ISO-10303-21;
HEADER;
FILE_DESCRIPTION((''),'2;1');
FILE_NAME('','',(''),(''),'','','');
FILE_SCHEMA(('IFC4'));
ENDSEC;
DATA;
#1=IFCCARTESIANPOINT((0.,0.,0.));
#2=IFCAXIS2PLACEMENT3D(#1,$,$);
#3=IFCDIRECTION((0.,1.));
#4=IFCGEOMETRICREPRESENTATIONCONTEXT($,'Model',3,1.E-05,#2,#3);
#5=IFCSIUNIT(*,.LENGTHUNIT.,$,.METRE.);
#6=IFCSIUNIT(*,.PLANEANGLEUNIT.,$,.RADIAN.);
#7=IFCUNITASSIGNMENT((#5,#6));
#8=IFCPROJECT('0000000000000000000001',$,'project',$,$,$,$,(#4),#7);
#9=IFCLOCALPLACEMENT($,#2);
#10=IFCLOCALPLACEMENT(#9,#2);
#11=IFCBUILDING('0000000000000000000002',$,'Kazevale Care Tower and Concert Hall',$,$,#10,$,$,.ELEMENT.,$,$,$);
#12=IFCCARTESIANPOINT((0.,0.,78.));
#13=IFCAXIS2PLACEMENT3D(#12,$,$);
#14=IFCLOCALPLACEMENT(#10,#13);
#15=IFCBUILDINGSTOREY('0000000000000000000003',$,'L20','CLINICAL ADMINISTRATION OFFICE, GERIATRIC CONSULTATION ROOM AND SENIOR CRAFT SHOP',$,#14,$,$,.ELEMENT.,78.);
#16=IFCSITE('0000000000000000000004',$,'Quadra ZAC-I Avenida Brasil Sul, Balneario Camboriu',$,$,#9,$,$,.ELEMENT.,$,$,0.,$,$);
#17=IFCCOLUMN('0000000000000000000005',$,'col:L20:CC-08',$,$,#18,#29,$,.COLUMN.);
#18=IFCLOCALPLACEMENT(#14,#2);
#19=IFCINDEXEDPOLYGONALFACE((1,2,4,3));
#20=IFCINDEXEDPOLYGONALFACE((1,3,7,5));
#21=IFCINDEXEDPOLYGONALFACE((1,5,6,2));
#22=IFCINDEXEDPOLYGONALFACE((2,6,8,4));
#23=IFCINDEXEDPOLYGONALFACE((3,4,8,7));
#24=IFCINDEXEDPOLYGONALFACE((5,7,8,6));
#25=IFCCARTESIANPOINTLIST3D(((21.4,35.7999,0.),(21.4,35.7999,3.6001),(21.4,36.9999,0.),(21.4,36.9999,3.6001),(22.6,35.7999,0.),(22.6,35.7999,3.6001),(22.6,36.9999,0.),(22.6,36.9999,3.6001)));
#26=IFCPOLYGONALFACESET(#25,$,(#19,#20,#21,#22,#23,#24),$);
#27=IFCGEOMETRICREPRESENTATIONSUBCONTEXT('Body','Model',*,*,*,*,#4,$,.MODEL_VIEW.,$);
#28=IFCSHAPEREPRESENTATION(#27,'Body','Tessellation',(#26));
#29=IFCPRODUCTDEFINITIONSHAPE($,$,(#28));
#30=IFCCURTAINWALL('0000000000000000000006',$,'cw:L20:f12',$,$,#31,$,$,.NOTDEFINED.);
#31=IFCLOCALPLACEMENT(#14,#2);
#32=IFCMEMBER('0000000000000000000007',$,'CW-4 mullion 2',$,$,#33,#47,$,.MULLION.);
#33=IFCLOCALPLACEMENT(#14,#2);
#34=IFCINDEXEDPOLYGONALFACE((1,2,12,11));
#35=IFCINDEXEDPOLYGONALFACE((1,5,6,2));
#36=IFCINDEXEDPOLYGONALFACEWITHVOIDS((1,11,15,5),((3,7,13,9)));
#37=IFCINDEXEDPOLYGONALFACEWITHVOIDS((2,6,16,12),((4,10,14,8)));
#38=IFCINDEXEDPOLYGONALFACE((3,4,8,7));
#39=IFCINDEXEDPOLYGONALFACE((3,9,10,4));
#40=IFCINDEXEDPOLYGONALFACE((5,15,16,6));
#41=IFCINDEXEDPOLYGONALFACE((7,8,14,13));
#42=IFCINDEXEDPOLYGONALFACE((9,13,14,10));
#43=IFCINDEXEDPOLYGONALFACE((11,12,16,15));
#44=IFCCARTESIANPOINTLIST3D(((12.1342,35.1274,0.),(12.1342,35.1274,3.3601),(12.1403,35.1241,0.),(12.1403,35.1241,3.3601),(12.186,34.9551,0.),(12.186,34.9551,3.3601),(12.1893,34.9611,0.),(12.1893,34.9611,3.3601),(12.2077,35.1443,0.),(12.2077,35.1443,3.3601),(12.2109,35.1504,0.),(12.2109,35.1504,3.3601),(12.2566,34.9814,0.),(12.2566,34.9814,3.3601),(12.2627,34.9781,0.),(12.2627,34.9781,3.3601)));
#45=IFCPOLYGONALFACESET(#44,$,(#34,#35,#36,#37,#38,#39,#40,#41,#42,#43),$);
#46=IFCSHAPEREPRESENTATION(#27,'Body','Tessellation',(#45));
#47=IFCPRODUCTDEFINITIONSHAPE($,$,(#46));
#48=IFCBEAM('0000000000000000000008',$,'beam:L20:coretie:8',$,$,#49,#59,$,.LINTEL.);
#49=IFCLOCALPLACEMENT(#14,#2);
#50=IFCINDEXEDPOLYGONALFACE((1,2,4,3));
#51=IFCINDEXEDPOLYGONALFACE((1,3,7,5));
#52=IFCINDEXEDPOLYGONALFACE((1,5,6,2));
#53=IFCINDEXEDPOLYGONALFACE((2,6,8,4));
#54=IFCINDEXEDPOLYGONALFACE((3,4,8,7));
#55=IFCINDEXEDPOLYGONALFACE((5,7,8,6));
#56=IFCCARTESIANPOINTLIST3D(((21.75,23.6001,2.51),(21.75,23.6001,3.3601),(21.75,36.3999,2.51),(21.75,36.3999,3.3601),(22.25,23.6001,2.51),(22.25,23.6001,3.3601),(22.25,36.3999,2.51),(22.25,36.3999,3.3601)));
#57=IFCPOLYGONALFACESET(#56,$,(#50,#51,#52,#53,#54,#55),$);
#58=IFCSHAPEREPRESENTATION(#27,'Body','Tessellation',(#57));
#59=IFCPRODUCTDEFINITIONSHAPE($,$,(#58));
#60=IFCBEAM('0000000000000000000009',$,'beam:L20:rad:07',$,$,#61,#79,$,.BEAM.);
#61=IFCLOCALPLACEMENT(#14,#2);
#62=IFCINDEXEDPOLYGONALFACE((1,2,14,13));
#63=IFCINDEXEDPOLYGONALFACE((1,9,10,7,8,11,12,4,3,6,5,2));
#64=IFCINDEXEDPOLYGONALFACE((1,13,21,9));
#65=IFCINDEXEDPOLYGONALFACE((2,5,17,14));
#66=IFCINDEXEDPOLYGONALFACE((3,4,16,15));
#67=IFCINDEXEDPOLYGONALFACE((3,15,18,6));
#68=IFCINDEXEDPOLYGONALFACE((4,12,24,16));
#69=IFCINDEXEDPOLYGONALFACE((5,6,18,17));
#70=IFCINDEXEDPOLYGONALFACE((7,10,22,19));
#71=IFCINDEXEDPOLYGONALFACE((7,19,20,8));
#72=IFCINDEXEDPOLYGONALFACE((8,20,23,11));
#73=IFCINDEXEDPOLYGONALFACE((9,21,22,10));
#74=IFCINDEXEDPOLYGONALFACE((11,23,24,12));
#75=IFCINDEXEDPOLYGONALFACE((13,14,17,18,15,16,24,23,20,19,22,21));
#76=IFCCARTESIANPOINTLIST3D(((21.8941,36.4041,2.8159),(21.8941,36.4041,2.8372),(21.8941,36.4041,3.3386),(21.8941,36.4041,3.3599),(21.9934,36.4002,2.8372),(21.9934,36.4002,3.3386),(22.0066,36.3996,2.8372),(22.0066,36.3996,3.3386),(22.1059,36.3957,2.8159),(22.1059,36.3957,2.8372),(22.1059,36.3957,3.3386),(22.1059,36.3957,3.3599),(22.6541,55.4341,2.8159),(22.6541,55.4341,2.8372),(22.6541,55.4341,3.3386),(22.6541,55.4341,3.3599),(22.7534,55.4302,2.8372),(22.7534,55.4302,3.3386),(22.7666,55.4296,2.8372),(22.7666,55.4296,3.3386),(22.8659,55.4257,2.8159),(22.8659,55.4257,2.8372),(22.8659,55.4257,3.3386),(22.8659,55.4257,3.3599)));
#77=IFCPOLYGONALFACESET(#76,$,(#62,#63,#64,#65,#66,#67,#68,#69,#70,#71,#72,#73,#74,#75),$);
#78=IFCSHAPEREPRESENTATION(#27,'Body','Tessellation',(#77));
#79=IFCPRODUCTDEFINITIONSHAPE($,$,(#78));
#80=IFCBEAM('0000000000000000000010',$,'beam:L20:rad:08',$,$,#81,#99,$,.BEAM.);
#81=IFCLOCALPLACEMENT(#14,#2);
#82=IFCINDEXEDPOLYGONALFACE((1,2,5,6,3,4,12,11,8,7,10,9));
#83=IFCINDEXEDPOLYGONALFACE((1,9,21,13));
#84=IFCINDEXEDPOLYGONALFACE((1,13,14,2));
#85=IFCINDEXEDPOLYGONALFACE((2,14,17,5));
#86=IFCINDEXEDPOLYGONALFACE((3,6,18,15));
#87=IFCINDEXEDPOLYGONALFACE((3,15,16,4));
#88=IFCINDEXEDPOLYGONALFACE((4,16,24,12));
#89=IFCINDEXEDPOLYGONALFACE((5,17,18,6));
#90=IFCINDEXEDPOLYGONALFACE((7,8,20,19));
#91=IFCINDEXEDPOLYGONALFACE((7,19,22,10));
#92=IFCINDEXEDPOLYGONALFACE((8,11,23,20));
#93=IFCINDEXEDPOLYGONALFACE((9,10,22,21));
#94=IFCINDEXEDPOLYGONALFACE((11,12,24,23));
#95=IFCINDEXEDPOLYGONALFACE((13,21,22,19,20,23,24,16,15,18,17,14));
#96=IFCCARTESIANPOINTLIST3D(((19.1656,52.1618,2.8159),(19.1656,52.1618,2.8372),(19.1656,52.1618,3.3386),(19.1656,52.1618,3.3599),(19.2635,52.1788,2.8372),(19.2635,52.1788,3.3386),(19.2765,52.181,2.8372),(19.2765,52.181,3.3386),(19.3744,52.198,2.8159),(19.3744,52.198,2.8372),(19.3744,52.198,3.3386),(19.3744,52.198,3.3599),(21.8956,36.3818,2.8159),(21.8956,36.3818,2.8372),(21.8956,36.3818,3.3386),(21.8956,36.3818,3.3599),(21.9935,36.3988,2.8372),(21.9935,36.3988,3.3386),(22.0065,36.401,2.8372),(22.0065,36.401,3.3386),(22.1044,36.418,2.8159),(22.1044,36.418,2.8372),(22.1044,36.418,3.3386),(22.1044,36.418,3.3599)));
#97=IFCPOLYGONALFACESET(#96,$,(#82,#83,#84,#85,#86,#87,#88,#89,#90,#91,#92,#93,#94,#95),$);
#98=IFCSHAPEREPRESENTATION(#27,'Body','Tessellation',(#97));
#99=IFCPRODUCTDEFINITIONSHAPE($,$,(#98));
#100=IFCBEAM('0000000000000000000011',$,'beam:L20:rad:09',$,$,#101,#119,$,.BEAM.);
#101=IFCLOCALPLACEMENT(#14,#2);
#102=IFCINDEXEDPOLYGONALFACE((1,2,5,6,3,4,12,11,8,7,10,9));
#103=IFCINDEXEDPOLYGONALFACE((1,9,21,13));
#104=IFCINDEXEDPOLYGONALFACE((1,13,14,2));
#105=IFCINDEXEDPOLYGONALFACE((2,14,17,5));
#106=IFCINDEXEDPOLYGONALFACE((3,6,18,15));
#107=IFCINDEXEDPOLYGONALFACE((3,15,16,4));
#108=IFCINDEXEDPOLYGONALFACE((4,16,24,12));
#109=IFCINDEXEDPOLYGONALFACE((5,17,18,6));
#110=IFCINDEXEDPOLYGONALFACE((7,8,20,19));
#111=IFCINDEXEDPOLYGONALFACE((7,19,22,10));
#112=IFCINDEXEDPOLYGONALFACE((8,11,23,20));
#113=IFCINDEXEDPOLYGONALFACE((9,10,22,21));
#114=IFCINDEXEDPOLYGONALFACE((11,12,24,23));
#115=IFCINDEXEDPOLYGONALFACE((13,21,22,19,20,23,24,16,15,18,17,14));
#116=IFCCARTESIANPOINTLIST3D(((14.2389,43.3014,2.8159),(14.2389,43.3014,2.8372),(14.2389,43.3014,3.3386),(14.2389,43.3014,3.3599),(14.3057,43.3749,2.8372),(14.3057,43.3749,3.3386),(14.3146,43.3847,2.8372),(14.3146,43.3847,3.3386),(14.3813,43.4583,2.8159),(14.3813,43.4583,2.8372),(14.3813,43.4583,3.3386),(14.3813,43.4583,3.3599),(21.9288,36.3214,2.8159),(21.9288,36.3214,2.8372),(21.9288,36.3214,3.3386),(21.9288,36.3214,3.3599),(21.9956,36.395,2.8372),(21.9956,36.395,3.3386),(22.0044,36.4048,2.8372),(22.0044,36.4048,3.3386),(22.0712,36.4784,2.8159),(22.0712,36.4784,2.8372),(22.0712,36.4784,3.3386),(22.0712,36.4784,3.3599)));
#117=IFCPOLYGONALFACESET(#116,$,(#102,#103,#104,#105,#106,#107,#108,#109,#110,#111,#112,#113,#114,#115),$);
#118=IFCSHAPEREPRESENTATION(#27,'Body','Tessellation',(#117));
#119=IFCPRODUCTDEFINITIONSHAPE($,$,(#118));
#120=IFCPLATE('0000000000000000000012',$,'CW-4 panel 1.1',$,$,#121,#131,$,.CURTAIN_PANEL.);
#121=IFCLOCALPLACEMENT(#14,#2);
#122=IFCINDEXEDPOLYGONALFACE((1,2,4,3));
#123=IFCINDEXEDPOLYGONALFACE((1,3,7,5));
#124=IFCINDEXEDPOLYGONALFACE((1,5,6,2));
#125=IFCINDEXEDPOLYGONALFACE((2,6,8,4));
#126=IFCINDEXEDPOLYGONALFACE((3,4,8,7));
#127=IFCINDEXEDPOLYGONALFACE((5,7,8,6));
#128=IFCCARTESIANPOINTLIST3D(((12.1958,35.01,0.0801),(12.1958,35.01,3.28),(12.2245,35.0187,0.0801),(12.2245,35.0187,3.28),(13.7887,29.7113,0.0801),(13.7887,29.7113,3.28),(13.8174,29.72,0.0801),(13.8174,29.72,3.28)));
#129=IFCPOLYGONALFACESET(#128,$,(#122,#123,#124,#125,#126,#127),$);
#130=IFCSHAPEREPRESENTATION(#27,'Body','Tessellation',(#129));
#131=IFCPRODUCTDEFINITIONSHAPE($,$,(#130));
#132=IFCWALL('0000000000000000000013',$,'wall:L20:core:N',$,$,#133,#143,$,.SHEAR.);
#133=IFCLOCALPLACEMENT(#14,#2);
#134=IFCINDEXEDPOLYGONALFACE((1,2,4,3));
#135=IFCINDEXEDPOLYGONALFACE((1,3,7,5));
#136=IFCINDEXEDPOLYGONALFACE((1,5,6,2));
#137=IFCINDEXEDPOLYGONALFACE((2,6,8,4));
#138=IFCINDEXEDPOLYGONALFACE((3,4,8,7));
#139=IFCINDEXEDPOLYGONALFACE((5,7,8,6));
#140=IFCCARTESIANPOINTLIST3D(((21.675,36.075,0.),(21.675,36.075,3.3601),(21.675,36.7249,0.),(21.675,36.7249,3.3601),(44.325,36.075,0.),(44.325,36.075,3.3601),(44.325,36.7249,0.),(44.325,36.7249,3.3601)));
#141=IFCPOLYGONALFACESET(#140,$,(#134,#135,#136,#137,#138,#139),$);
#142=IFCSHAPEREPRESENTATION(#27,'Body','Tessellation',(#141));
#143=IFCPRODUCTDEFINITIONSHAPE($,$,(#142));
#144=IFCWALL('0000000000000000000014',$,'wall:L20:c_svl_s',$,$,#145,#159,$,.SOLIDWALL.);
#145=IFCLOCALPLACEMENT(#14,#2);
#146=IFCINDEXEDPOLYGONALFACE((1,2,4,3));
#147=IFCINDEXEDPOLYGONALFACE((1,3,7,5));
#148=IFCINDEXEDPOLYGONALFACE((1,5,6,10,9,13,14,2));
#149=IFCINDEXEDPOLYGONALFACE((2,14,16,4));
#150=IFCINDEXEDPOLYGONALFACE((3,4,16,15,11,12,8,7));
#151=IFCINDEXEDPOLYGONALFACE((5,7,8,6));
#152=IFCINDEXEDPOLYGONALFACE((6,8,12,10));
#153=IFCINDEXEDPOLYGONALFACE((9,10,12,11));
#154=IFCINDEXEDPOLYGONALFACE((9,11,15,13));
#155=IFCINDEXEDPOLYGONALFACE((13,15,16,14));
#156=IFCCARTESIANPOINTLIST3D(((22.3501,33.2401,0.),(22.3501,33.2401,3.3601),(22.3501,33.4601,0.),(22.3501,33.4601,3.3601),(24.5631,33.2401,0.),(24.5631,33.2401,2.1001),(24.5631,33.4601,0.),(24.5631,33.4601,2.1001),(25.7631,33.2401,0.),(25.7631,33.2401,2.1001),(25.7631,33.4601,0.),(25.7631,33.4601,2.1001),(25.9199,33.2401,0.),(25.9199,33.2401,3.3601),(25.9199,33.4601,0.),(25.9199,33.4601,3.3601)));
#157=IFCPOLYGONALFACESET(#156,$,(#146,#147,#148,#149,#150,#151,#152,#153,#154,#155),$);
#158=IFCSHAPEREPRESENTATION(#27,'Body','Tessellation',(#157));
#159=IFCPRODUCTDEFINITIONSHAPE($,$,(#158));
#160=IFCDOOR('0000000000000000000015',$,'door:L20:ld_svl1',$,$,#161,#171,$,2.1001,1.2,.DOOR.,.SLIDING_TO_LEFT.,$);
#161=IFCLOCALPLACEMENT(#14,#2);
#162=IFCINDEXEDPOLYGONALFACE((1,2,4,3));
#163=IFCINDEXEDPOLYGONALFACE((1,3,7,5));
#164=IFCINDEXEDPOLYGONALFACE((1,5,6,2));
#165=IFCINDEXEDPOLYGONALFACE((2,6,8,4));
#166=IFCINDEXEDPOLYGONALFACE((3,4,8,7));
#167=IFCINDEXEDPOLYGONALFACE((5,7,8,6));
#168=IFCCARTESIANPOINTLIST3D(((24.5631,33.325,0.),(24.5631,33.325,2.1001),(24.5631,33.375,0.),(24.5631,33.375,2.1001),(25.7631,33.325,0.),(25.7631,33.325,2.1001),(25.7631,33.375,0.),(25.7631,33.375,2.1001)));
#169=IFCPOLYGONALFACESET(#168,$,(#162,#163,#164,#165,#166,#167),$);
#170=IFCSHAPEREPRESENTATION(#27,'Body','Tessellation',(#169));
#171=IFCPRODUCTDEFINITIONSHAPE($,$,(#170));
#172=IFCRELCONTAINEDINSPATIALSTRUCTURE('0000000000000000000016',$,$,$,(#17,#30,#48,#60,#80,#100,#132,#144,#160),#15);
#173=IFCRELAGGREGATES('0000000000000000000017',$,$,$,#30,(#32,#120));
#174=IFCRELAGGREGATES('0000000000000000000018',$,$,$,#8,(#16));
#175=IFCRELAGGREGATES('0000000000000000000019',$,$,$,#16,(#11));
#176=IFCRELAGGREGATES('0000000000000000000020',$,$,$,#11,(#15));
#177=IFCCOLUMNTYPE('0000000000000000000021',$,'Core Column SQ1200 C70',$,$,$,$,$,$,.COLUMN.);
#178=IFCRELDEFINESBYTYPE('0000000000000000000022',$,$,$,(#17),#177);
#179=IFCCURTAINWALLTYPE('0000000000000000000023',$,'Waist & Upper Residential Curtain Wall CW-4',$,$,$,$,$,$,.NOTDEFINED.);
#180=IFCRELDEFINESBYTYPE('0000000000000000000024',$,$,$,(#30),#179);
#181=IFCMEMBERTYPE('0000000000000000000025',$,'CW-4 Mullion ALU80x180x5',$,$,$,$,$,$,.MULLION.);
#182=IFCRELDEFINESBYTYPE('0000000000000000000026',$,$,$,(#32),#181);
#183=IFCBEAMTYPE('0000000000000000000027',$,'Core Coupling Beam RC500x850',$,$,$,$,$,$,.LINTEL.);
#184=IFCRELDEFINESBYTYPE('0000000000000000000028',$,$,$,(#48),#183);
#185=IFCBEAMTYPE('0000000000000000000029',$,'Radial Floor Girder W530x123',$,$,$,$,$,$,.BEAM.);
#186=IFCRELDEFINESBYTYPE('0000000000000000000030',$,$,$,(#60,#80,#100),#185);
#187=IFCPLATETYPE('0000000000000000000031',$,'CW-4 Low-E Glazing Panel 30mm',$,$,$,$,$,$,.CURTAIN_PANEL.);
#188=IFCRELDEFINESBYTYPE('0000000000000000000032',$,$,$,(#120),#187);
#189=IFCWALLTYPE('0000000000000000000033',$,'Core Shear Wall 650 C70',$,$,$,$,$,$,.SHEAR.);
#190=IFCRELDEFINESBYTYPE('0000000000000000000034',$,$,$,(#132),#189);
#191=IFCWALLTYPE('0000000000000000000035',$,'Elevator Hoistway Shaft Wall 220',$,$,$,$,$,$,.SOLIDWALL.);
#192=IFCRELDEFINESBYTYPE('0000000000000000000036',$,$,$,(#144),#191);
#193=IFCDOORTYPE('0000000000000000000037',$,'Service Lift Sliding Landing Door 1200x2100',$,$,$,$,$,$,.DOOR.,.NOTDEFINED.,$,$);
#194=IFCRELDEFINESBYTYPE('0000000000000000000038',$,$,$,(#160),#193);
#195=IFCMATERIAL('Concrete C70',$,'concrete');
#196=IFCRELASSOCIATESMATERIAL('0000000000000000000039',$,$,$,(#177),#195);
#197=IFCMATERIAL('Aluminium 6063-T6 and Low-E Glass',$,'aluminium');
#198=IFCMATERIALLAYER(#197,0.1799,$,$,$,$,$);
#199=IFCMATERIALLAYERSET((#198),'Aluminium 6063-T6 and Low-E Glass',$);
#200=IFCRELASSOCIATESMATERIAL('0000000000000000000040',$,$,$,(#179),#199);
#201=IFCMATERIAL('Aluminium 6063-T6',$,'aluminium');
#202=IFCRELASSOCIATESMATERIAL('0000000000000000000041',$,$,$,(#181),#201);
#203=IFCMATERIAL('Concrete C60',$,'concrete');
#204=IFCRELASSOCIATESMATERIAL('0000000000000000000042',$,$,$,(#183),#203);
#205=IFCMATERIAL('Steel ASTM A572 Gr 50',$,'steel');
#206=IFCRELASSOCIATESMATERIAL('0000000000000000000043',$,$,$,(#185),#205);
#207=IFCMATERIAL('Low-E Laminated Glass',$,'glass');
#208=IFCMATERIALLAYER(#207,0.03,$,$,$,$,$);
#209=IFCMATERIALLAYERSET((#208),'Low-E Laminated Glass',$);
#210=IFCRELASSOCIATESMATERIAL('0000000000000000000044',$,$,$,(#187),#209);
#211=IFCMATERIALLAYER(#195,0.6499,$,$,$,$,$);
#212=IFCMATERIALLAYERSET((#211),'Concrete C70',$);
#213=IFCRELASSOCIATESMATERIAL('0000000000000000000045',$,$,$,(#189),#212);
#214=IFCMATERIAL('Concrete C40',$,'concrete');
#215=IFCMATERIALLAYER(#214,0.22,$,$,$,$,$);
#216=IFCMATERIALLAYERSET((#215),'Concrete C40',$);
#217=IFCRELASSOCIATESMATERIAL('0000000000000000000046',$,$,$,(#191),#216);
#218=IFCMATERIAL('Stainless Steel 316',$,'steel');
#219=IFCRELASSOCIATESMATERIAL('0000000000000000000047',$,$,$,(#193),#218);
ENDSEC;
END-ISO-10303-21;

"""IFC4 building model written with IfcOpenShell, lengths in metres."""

from ifc_helpers import new_model, si_unit, direction, frame, frame_2d, origin, origin_2d, place, context, subcontext, project, spatial, rectangle, hollow_rectangle, i_section, extrude, material, layer, layer_set, material_profile, profile_set, type_object, element, fill, aggregate, save


model = new_model("IFC4")

# Units and contexts
model_context = context("Model", 3, precision=1e-05, world=origin(), true_north=direction((0.0, 1.0)))
body_context = subcontext(model_context, "Body", "Model", "MODEL_VIEW")
ifc_project = project(units=[si_unit("LENGTHUNIT", "METRE"), si_unit("PLANEANGLEUNIT", "RADIAN")], contexts=[model_context])

# Site, building, storey
site_placement = place(None, origin())
site = spatial("IfcSite", under=ifc_project, at=site_placement, Name="Quadra ZAC-I Avenida Brasil Sul, Balneario Camboriu", CompositionType="ELEMENT", RefElevation=0.0)
building_placement = place(site_placement, origin())
building = spatial("IfcBuilding", under=site, at=building_placement, Name="Kazevale Care Tower and Concert Hall", CompositionType="ELEMENT")
storey_placement = place(building_placement, frame((0.0, 0.0, 78.0)))
storey = spatial("IfcBuildingStorey", under=building, at=storey_placement, Name="L20", Description="CLINICAL ADMINISTRATION OFFICE, GERIATRIC CONSULTATION ROOM AND SENIOR CRAFT SHOP", CompositionType="ELEMENT", Elevation=78.0)

# Column
ifc_material_1 = material(Name="Concrete C70", Category="concrete")
ifc_material_profile_1 = material_profile(ifc_material_1, rectangle(XDim=1.2, YDim=1.2, at=origin_2d()), Name="RC-SQ1200")
ifc_profile_set_1 = profile_set([ifc_material_profile_1], Name="Concrete C70")
column_type = type_object("IfcColumnType", Name="Core Column SQ1200 C70", PredefinedType="COLUMN", material=ifc_profile_set_1)
column_placement = place(storey_placement, frame((22.0, 36.3999, 0.0), z_axis=(0.0, 0.0, 1.0), x_axis=(1.0, 0.0, 0.0)))
element("IfcColumn", 1, at=column_placement, inside=storey, type_object=column_type, Name="col:L20:CC-08", PredefinedType="COLUMN", context=body_context, shape_type="SweptSolid", body=[
    extrude(rectangle(XDim=1.2, YDim=1.2, at=origin_2d()), origin(), (0.0, 0.0, 1.0), 3.6001),
])

# Curtain wall, member
ifc_material_2 = material(Name="Aluminium 6063-T6 and Low-E Glass", Category="aluminium")
ifc_layer_1 = layer(ifc_material_2, 0.1799)
ifc_layer_set_1 = layer_set([ifc_layer_1], Name="Aluminium 6063-T6 and Low-E Glass")
curtain_wall_type = type_object("IfcCurtainWallType", Name="Waist & Upper Residential Curtain Wall CW-4", PredefinedType="NOTDEFINED", material=ifc_layer_set_1)
curtain_wall_placement = place(storey_placement, origin())
curtain_wall = element("IfcCurtainWall", 2, at=curtain_wall_placement, inside=storey, type_object=curtain_wall_type, Name="cw:L20:f12", PredefinedType="NOTDEFINED")
ifc_material_3 = material(Name="Aluminium 6063-T6", Category="aluminium")
ifc_material_profile_2 = material_profile(ifc_material_3, hollow_rectangle(XDim=0.0801, YDim=0.1799, WallThickness=0.0049, at=origin_2d()), Name="ALU80x180x5")
ifc_profile_set_2 = profile_set([ifc_material_profile_2], Name="Aluminium 6063-T6")
member_type = type_object("IfcMemberType", Name="CW-4 Mullion ALU80x180x5", PredefinedType="MULLION", material=ifc_profile_set_2)
member_placement = place(storey_placement, frame((12.1985, 35.0527, 0.0), z_axis=(0.0, 0.0, 1.0), x_axis=(-0.957662, -0.287896, 0.0)))
member = element("IfcMember", 3, at=member_placement, type_object=member_type, Name="CW-4 mullion 2", PredefinedType="MULLION", context=body_context, shape_type="SweptSolid", body=[
    extrude(hollow_rectangle(XDim=0.0801, YDim=0.1799, WallThickness=0.0049, at=origin_2d()), origin(), (0.0, 0.0, 1.0), 3.3601),
])

# Beams
ifc_material_4 = material(Name="Concrete C60", Category="concrete")
ifc_material_profile_3 = material_profile(ifc_material_4, rectangle(XDim=0.5, YDim=0.8501, at=origin_2d()), Name="RC-B500x850")
ifc_profile_set_3 = profile_set([ifc_material_profile_3], Name="Concrete C60")
beam_type_1 = type_object("IfcBeamType", Name="Core Coupling Beam RC500x850", PredefinedType="LINTEL", material=ifc_profile_set_3)
beam_1_placement = place(storey_placement, frame((22.0, 36.3999, 2.9351), z_axis=(0.0, -1.0, 0.0), x_axis=(1.0, 0.0, 0.0)))
element("IfcBeam", 4, at=beam_1_placement, inside=storey, type_object=beam_type_1, Name="beam:L20:coretie:8", PredefinedType="LINTEL", context=body_context, shape_type="SweptSolid", body=[
    extrude(rectangle(XDim=0.5, YDim=0.8501, at=origin_2d()), origin(), (0.0, 0.0, 1.0), 12.7998),
])
ifc_material_5 = material(Name="Steel ASTM A572 Gr 50", Category="steel")
ifc_material_profile_4 = material_profile(ifc_material_5, i_section(OverallWidth=0.2119, OverallDepth=0.5439, WebThickness=0.0132, FlangeThickness=0.0212, at=origin_2d()), Name="W530x123")
ifc_profile_set_4 = profile_set([ifc_material_profile_4], Name="Steel ASTM A572 Gr 50")
beam_type_2 = type_object("IfcBeamType", Name="Radial Floor Girder W530x123", PredefinedType="BEAM", material=ifc_profile_set_4)
beam_2_placement = place(storey_placement, frame((22.0, 36.3999, 3.0879), z_axis=(0.039906, 0.999203, 0.0), x_axis=(-0.999203, 0.039906, 0.0)))
element("IfcBeam", 5, at=beam_2_placement, inside=storey, type_object=beam_type_2, Name="beam:L20:rad:07", PredefinedType="BEAM", context=body_context, shape_type="SweptSolid", body=[
    extrude(i_section(OverallWidth=0.2119, OverallDepth=0.5439, WebThickness=0.0132, FlangeThickness=0.0212, at=origin_2d()), origin(), (0.0, 0.0, 1.0), 19.0452),
])
beam_3_placement = place(storey_placement, frame((22.0, 36.3999, 3.0879), z_axis=(-0.17047, 0.985363, 0.0), x_axis=(-0.985363, -0.17047, 0.0)))
element("IfcBeam", 6, at=beam_3_placement, inside=storey, type_object=beam_type_2, Name="beam:L20:rad:08", PredefinedType="BEAM", context=body_context, shape_type="SweptSolid", body=[
    extrude(i_section(OverallWidth=0.2119, OverallDepth=0.5439, WebThickness=0.0132, FlangeThickness=0.0212, at=origin_2d()), origin(), (0.0, 0.0, 1.0), 16.0144),
])
beam_4_placement = place(storey_placement, frame((22.0, 36.3999, 3.0879), z_axis=(-0.740461, 0.672099, 0.0), x_axis=(-0.672099, -0.740461, 0.0)))
element("IfcBeam", 7, at=beam_4_placement, inside=storey, type_object=beam_type_2, Name="beam:L20:rad:09", PredefinedType="BEAM", context=body_context, shape_type="SweptSolid", body=[
    extrude(i_section(OverallWidth=0.2119, OverallDepth=0.5439, WebThickness=0.0132, FlangeThickness=0.0212, at=origin_2d()), origin(), (0.0, 0.0, 1.0), 10.3853),
])

# Plate
ifc_material_6 = material(Name="Low-E Laminated Glass", Category="glass")
ifc_layer_2 = layer(ifc_material_6, 0.03)
ifc_layer_set_2 = layer_set([ifc_layer_2], Name="Low-E Laminated Glass")
plate_type = type_object("IfcPlateType", Name="CW-4 Low-E Glazing Panel 30mm", PredefinedType="CURTAIN_PANEL", material=ifc_layer_set_2)
plate_placement = place(storey_placement, frame((13.0066, 32.365, 0.0801), z_axis=(0.0, 0.0, 1.0), x_axis=(-0.287896, 0.957662, 0.0)))
plate = element("IfcPlate", 8, at=plate_placement, type_object=plate_type, Name="CW-4 panel 1.1", PredefinedType="CURTAIN_PANEL", context=body_context, shape_type="SweptSolid", body=[
    extrude(rectangle(XDim=5.533, YDim=0.03, at=origin_2d()), origin(), (0.0, 0.0, 1.0), 3.2),
])
aggregate(curtain_wall, [member, plate])

# Wall
ifc_layer_3 = layer(ifc_material_1, 0.6499)
ifc_layer_set_3 = layer_set([ifc_layer_3], Name="Concrete C70")
wall_type_1 = type_object("IfcWallType", Name="Core Shear Wall 650 C70", PredefinedType="SHEAR", material=ifc_layer_set_3)
wall_1_placement = place(storey_placement, frame((21.675, 36.3999, 0.0), z_axis=(0.0, 0.0, 1.0), x_axis=(1.0, 0.0, 0.0)))
element("IfcWall", 9, at=wall_1_placement, inside=storey, type_object=wall_type_1, Name="wall:L20:core:N", PredefinedType="SHEAR", context=body_context, shape_type="SweptSolid", body=[
    extrude(rectangle(XDim=22.6499, YDim=0.6499, at=frame_2d((11.325, 0.0))), origin(), (0.0, 0.0, 1.0), 3.3601),
])

# Wall, opening, door
ifc_material_7 = material(Name="Concrete C40", Category="concrete")
ifc_layer_4 = layer(ifc_material_7, 0.22)
ifc_layer_set_4 = layer_set([ifc_layer_4], Name="Concrete C40")
wall_type_2 = type_object("IfcWallType", Name="Elevator Hoistway Shaft Wall 220", PredefinedType="SOLIDWALL", material=ifc_layer_set_4)
wall_2_placement = place(storey_placement, frame((22.3501, 33.3501, 0.0), z_axis=(0.0, 0.0, 1.0), x_axis=(1.0, 0.0, 0.0)))
wall_2 = element("IfcWall", 10, at=wall_2_placement, inside=storey, type_object=wall_type_2, Name="wall:L20:c_svl_s", PredefinedType="SOLIDWALL", context=body_context, shape_type="SweptSolid", body=[
    extrude(rectangle(XDim=3.5698, YDim=0.22, at=frame_2d((1.7849, 0.0))), origin(), (0.0, 0.0, 1.0), 3.3601),
])
opening_1_placement = place(wall_2_placement, frame((2.2129, 0.0, 0.0)))
opening_1 = element("IfcOpeningElement", 11, at=opening_1_placement, cuts=wall_2, PredefinedType="OPENING", context=body_context, shape_type="SweptSolid", body=[
    extrude(rectangle(XDim=1.2, YDim=2.1001, at=frame_2d((0.6001, 1.05))), frame((0.0, 0.1199, 0.0), z_axis=(0.0, -1.0, 0.0), x_axis=(1.0, 0.0, 0.0)), (0.0, 0.0, 1.0), 0.24),
])
ifc_material_8 = material(Name="Stainless Steel 316", Category="steel")
door_type_1 = type_object("IfcDoorType", Name="Service Lift Sliding Landing Door 1200x2100", OperationType="NOTDEFINED", PredefinedType="DOOR", material=ifc_material_8)
door_1_placement = place(opening_1_placement, origin())
door_1 = element("IfcDoor", 12, at=door_1_placement, inside=storey, type_object=door_type_1, Name="door:L20:ld_svl1", OperationType="SLIDING_TO_LEFT", OverallHeight=2.1001, OverallWidth=1.2, PredefinedType="DOOR", context=body_context, shape_type="SweptSolid", body=[
    extrude(rectangle(XDim=1.2, YDim=2.1001, at=frame_2d((0.6001, 1.05))), frame((0.0, 0.0249, 0.0), z_axis=(0.0, -1.0, 0.0), x_axis=(1.0, 0.0, 0.0)), (0.0, 0.0, 1.0), 0.05),
])
fill(opening_1, door_1)

save(model, "model.ifc")
